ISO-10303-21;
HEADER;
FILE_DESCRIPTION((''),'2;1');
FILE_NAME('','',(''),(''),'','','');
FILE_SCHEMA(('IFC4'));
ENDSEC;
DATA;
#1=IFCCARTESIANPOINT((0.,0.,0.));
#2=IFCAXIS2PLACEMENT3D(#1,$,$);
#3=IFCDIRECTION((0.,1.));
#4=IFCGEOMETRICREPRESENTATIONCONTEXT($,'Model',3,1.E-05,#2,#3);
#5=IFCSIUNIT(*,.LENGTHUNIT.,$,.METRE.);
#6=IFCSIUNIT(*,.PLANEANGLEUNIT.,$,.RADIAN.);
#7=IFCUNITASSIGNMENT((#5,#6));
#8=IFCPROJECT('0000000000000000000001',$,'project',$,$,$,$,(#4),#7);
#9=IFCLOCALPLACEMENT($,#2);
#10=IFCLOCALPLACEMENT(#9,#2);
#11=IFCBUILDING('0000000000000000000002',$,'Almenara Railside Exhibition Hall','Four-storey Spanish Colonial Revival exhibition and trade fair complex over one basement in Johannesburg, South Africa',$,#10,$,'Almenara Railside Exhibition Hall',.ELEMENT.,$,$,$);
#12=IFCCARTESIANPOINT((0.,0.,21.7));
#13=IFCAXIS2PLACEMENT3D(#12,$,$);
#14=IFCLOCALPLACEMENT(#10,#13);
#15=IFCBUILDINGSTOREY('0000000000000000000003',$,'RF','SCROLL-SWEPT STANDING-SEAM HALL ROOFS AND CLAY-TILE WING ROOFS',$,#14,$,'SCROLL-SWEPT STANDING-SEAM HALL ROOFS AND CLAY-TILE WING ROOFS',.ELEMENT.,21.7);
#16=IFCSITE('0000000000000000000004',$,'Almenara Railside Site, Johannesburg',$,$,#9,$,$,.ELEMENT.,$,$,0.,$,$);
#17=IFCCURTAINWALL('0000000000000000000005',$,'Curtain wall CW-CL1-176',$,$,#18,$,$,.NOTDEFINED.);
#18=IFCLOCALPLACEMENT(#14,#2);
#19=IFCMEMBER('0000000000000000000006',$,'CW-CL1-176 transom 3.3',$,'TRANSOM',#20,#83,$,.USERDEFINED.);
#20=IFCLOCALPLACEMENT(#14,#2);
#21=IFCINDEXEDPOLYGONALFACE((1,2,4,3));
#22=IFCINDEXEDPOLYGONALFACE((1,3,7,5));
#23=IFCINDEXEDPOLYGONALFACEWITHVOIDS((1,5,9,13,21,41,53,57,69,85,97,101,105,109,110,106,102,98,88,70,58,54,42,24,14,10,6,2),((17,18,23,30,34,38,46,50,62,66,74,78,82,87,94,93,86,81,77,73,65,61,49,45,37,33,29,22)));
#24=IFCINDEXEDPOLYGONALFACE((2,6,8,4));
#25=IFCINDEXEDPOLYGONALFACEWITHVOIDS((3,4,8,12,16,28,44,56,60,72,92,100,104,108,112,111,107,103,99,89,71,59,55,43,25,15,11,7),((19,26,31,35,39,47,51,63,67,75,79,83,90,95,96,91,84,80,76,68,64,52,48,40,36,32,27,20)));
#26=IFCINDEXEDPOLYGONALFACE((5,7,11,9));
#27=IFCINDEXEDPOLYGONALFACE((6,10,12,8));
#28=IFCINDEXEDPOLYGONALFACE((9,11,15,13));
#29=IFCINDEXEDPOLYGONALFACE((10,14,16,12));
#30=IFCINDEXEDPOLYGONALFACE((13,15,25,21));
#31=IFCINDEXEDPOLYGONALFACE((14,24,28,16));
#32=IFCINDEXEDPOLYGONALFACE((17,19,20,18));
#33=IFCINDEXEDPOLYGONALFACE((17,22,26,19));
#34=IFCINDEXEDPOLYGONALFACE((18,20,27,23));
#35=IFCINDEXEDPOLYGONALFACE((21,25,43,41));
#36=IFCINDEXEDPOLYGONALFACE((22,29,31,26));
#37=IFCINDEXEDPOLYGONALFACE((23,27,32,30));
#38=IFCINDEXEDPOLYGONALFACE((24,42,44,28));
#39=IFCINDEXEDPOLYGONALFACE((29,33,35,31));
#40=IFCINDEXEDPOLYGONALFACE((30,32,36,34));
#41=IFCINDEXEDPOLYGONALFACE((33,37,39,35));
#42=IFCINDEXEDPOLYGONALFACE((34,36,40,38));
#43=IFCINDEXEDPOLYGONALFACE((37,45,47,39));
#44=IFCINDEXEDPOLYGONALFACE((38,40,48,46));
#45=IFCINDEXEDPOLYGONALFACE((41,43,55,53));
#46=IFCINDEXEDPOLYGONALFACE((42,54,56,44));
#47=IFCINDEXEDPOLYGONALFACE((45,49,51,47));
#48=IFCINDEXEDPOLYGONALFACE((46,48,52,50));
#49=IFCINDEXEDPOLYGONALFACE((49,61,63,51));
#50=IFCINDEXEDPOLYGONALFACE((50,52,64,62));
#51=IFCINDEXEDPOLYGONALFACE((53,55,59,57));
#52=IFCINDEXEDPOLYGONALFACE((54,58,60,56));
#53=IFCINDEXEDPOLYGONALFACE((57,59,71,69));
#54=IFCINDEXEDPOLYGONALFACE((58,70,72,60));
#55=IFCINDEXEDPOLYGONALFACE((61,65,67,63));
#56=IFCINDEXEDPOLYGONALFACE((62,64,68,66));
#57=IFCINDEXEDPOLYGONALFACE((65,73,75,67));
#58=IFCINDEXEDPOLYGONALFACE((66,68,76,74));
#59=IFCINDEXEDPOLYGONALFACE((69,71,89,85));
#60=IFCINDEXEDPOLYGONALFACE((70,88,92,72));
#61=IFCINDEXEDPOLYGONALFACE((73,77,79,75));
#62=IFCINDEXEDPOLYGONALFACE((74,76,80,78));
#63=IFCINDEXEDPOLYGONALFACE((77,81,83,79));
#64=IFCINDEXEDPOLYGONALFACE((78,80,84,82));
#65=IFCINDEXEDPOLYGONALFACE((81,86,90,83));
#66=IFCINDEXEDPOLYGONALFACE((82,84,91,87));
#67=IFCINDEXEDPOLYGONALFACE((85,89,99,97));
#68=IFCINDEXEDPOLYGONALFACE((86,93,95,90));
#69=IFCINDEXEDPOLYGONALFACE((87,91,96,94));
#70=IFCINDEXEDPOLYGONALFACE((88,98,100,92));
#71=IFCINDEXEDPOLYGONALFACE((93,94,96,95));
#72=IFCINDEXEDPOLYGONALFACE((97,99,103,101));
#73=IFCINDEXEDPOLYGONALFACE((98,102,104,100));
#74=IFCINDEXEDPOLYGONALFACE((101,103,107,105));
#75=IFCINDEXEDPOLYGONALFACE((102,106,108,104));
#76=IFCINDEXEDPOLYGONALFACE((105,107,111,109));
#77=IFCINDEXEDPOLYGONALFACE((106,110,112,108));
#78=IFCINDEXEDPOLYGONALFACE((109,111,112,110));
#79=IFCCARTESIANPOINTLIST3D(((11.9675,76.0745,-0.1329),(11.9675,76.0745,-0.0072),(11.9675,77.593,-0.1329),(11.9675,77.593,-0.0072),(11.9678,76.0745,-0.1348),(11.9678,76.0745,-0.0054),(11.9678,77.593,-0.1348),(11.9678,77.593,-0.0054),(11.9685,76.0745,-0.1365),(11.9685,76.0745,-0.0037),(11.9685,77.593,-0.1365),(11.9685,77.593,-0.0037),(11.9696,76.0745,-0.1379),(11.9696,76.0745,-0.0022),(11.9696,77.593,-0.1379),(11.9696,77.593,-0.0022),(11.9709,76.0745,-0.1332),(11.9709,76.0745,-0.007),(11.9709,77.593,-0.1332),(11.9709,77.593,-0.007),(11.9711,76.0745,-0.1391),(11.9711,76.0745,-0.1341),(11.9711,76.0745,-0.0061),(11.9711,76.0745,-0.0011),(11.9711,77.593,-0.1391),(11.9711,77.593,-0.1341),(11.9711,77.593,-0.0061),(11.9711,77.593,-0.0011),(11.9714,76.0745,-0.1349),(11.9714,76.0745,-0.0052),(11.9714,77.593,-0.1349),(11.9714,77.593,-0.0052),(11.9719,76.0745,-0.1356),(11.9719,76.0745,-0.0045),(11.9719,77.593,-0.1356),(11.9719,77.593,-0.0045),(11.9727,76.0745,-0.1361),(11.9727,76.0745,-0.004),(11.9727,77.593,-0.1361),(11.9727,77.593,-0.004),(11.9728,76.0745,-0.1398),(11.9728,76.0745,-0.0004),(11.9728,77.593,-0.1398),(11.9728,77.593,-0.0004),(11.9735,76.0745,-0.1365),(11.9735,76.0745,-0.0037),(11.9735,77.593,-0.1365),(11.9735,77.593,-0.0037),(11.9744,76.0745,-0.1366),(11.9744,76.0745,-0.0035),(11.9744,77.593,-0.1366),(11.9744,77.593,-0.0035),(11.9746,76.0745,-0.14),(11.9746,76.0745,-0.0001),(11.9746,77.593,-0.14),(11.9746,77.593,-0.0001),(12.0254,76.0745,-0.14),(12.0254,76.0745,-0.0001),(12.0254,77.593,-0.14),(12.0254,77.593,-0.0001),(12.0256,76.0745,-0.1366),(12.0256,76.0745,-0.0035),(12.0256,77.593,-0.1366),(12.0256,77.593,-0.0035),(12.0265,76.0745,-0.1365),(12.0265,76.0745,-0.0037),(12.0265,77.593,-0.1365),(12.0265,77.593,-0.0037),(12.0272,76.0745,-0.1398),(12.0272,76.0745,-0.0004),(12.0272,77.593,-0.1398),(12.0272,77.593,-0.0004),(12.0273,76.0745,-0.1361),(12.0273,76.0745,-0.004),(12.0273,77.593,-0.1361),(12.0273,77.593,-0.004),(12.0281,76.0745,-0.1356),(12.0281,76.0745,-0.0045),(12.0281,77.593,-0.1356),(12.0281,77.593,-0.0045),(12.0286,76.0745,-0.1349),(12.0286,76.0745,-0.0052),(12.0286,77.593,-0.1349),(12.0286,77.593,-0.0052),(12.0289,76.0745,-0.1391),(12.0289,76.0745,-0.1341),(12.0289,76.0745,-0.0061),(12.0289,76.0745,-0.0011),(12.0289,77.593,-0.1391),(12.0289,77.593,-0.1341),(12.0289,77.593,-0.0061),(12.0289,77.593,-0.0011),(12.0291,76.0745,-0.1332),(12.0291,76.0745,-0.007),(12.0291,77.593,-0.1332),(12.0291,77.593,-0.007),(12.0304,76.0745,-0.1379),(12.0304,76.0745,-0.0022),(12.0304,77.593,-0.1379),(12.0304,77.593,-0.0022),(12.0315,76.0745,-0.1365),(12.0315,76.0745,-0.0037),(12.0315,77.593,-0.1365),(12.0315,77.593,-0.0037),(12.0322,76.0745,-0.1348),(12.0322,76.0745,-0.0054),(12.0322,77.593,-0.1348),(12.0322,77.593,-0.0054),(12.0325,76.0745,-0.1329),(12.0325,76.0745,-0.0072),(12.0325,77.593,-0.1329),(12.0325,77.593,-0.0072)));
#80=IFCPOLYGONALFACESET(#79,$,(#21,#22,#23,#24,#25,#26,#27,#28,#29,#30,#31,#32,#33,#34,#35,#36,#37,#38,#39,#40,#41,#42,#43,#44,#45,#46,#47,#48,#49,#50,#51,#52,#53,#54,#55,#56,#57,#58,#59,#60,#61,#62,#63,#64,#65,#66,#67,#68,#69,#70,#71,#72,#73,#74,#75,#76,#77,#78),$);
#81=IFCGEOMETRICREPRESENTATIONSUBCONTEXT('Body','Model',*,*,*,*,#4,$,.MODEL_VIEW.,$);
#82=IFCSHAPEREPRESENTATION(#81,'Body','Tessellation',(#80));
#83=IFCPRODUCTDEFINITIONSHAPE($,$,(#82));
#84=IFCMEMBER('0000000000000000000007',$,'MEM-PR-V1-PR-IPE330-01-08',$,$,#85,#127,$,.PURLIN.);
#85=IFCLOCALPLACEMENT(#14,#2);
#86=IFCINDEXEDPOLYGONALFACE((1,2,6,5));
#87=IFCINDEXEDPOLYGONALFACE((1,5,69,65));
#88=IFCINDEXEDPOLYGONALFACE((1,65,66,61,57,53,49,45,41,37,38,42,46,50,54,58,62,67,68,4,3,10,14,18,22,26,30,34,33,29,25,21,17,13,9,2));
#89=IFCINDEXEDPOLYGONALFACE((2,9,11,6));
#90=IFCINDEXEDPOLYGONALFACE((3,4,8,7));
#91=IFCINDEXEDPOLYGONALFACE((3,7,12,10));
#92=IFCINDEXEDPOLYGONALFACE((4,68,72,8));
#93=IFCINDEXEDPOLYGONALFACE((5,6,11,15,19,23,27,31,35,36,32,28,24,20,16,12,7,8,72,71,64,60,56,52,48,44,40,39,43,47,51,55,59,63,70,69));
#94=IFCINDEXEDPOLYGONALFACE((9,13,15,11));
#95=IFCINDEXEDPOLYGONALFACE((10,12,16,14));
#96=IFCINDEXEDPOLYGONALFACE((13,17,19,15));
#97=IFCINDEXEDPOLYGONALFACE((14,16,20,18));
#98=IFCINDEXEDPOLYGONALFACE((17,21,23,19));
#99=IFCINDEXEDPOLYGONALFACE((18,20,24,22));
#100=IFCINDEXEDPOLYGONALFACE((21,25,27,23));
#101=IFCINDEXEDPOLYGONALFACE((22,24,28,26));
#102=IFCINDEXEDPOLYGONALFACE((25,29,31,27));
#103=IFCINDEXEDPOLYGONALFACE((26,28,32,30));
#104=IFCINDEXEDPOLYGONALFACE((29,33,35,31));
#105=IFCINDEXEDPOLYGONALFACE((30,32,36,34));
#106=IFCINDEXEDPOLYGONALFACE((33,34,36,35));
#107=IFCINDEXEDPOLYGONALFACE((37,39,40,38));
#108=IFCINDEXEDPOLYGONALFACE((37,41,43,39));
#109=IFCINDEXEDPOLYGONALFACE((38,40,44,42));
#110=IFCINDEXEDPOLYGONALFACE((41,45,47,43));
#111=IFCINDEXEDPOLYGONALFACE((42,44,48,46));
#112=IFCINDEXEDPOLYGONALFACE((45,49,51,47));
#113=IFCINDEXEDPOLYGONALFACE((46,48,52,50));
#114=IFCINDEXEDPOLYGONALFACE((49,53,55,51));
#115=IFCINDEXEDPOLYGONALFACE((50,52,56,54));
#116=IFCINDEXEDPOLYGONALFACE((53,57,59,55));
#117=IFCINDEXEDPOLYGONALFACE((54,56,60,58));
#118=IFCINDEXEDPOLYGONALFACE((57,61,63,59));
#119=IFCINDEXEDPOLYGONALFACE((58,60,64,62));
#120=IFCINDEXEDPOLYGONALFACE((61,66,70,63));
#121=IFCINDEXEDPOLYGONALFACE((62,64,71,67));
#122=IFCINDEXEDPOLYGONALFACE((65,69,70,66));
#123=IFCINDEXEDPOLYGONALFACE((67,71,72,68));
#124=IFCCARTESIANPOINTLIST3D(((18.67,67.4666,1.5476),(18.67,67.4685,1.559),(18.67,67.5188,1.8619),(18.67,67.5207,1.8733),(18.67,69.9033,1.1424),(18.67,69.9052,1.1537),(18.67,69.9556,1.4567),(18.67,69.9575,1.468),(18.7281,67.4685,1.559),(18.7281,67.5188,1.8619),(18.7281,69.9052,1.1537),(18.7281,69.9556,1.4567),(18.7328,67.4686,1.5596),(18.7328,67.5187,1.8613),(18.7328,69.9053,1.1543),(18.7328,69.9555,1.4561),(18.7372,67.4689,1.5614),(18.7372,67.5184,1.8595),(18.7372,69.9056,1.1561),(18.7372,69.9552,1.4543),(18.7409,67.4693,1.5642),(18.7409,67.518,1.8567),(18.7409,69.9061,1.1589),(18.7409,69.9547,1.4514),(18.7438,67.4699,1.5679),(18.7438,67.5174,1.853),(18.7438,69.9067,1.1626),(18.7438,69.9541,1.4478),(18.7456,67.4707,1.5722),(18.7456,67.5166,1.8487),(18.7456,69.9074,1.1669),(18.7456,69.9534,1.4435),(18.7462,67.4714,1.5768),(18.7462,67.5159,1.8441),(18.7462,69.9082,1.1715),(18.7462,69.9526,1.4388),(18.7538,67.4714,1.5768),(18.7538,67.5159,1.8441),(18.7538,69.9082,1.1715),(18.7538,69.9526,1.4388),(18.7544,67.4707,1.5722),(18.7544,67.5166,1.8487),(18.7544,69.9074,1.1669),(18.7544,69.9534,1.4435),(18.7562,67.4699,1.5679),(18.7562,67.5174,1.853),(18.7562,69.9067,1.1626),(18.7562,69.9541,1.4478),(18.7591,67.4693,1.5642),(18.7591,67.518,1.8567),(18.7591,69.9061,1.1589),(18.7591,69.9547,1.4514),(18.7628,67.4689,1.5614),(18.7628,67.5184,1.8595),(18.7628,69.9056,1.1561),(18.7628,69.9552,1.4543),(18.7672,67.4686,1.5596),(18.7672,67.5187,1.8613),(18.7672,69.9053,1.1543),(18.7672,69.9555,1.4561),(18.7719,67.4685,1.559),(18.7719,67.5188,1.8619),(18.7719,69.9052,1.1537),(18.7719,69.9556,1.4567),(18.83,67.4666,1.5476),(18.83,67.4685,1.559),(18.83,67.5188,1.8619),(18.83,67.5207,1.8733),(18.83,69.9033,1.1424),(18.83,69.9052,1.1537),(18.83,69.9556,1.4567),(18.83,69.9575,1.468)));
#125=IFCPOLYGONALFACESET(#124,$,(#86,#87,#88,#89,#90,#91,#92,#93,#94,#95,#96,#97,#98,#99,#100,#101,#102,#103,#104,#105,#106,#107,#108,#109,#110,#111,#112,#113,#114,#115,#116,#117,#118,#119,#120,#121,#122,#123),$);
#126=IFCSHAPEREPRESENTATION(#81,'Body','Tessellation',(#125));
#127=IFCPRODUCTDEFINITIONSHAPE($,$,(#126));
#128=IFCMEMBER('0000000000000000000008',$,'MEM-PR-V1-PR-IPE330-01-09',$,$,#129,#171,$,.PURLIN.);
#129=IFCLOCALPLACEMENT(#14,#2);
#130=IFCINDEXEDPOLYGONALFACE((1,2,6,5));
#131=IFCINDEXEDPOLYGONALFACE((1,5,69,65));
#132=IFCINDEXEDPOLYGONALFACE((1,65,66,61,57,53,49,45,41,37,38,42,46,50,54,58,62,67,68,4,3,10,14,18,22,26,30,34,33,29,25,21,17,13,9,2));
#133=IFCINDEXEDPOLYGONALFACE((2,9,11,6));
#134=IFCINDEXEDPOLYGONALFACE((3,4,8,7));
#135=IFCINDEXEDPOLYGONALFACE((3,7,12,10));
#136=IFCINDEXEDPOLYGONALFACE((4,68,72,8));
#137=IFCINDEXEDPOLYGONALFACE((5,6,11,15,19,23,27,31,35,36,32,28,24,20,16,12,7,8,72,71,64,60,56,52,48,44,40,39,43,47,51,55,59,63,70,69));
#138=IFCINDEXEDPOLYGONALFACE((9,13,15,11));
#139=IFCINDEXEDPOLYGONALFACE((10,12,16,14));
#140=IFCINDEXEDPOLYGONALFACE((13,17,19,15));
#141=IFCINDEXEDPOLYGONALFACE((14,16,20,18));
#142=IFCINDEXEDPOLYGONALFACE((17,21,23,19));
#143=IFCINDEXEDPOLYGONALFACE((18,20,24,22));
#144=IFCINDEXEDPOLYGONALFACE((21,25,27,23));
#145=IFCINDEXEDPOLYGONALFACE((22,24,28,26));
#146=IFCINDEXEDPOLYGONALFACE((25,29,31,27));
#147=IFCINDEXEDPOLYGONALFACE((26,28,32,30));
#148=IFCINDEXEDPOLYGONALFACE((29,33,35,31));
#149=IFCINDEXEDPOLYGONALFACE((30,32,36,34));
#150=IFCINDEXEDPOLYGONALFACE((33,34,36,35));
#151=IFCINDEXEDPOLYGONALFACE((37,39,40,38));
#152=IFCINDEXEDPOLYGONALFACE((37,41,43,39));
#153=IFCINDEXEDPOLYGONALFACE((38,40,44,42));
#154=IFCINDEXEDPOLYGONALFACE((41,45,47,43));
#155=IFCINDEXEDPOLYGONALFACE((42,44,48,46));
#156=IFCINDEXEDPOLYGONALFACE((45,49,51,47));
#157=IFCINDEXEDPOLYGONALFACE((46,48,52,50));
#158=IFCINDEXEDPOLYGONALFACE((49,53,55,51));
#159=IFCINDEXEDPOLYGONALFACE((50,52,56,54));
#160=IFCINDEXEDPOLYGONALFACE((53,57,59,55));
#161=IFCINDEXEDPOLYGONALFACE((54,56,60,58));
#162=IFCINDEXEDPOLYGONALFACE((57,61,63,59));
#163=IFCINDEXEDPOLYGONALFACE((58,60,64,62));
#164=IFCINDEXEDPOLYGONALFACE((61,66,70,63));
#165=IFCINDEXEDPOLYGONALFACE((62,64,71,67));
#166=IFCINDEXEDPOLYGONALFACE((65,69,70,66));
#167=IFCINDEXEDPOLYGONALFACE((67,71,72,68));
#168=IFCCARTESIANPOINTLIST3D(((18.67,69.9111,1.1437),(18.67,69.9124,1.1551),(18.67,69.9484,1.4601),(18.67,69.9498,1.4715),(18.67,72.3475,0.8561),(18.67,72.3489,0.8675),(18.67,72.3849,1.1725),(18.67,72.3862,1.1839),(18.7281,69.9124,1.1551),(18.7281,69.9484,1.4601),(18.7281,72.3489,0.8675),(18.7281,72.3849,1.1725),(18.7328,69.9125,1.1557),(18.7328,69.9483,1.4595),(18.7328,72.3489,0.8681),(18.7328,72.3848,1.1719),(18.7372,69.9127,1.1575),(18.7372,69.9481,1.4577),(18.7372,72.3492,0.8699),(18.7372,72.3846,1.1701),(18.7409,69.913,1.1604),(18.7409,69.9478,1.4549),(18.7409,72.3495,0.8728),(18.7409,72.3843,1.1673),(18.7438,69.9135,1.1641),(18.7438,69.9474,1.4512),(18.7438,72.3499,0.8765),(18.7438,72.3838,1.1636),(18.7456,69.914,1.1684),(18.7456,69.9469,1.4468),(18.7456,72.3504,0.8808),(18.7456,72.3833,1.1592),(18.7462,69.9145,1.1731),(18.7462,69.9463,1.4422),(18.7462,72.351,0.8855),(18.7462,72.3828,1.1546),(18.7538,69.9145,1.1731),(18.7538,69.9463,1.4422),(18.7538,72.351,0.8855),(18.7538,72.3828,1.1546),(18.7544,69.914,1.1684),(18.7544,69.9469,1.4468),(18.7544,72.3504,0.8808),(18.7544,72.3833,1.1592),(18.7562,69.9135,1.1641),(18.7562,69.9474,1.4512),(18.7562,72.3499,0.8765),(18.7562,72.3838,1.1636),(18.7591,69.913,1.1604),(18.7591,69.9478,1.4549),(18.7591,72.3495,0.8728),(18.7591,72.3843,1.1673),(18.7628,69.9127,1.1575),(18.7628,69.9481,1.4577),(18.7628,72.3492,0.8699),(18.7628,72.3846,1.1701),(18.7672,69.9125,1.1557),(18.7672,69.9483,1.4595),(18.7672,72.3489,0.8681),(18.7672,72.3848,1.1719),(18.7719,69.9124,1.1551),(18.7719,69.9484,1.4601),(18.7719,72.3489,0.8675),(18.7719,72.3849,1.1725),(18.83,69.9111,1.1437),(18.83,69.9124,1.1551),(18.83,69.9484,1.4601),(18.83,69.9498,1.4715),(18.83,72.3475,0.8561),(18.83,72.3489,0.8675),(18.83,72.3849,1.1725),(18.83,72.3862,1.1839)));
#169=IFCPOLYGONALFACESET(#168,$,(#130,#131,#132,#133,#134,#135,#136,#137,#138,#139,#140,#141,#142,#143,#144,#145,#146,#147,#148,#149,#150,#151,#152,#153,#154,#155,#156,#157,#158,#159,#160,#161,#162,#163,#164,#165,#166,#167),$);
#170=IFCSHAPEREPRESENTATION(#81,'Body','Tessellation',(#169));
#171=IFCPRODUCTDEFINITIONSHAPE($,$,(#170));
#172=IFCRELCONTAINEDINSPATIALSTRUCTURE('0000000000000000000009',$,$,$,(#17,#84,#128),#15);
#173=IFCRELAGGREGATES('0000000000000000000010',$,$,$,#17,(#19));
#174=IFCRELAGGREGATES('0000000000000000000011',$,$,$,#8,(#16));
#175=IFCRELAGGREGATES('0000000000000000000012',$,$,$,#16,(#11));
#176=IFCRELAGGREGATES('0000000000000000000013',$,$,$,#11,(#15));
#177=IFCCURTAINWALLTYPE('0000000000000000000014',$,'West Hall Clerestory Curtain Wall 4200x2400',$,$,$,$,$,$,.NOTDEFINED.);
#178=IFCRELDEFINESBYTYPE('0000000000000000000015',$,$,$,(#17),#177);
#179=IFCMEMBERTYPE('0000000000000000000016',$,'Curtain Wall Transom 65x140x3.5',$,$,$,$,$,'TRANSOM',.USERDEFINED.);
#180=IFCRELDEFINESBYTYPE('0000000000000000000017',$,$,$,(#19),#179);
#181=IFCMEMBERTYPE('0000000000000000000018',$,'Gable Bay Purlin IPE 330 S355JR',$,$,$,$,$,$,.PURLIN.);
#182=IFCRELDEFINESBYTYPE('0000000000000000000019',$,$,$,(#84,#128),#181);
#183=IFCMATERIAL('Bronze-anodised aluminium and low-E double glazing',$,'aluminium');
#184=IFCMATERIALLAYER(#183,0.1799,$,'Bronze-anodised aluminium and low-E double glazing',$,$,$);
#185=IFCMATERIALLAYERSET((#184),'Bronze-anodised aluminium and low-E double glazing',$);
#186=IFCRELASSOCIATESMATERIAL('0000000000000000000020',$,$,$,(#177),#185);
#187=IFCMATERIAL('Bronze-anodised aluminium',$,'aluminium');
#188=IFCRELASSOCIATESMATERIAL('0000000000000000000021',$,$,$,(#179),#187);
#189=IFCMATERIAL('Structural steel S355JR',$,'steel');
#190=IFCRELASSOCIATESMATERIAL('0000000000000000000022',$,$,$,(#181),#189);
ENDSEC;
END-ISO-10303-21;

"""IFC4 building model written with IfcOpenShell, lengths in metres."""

from ifc_helpers import new_model, si_unit, direction, frame, origin, origin_2d, place, context, subcontext, project, spatial, hollow_rectangle, i_section, extrude, material, layer, layer_set, material_profile, profile_set, type_object, element, aggregate, save


model = new_model("IFC4")

# Units and contexts
model_context = context("Model", 3, precision=1e-05, world=origin(), true_north=direction((0.0, 1.0)))
body_context = subcontext(model_context, "Body", "Model", "MODEL_VIEW")
ifc_project = project(units=[si_unit("LENGTHUNIT", "METRE"), si_unit("PLANEANGLEUNIT", "RADIAN")], contexts=[model_context])

# Site, building, storey
site_placement = place(None, origin())
site = spatial("IfcSite", under=ifc_project, at=site_placement, Name="Almenara Railside Site, Johannesburg", CompositionType="ELEMENT", RefElevation=0.0)
building_placement = place(site_placement, origin())
building = spatial("IfcBuilding", under=site, at=building_placement, Name="Almenara Railside Exhibition Hall", Description="Four-storey Spanish Colonial Revival exhibition and trade fair complex over one basement in Johannesburg, South Africa", LongName="Almenara Railside Exhibition Hall", CompositionType="ELEMENT")
storey_placement = place(building_placement, frame((0.0, 0.0, 21.7)))
storey = spatial("IfcBuildingStorey", under=building, at=storey_placement, Name="RF", Description="SCROLL-SWEPT STANDING-SEAM HALL ROOFS AND CLAY-TILE WING ROOFS", LongName="SCROLL-SWEPT STANDING-SEAM HALL ROOFS AND CLAY-TILE WING ROOFS", CompositionType="ELEMENT", Elevation=21.7)

# Shared definitions
ifc_material_1 = material(Name="Structural steel S355JR", Category="steel")

# Curtain wall, member
ifc_material_2 = material(Name="Bronze-anodised aluminium and low-E double glazing", Category="aluminium")
ifc_layer_1 = layer(ifc_material_2, 0.1799, Name="Bronze-anodised aluminium and low-E double glazing")
ifc_layer_set_1 = layer_set([ifc_layer_1], Name="Bronze-anodised aluminium and low-E double glazing")
curtain_wall_type = type_object("IfcCurtainWallType", Name="West Hall Clerestory Curtain Wall 4200x2400", PredefinedType="NOTDEFINED", material=ifc_layer_set_1)
curtain_wall_placement = place(storey_placement, origin())
curtain_wall = element("IfcCurtainWall", 1, at=curtain_wall_placement, inside=storey, type_object=curtain_wall_type, Name="Curtain wall CW-CL1-176", PredefinedType="NOTDEFINED")
ifc_material_3 = material(Name="Bronze-anodised aluminium", Category="aluminium")
ifc_material_profile_1 = material_profile(ifc_material_3, hollow_rectangle(XDim=0.0649, YDim=0.1399, WallThickness=0.0034, InnerFilletRadius=0.0034, OuterFilletRadius=0.0071, at=origin_2d()), Name="ALU-TRN 65x140x3.5")
ifc_profile_set_1 = profile_set([ifc_material_profile_1], Name="Bronze-anodised aluminium")
member_type_1 = type_object("IfcMemberType", Name="Curtain Wall Transom 65x140x3.5", ElementType="TRANSOM", PredefinedType="USERDEFINED", material=ifc_profile_set_1)
member_1_placement = place(storey_placement, frame((12.0, 76.0745, -0.0701), z_axis=(0.0, 1.0, 0.0), x_axis=(-1.0, 0.0, 0.0)))
member_1 = element("IfcMember", 2, at=member_1_placement, type_object=member_type_1, Name="CW-CL1-176 transom 3.3", ObjectType="TRANSOM", PredefinedType="USERDEFINED", context=body_context, shape_type="SweptSolid", body=[
    extrude(hollow_rectangle(XDim=0.0649, YDim=0.1399, WallThickness=0.0034, InnerFilletRadius=0.0034, OuterFilletRadius=0.0071, at=origin_2d()), origin(), (0.0, 0.0, 1.0), 1.5186),
])

# Members
ifc_material_profile_2 = material_profile(ifc_material_1, i_section(OverallWidth=0.1599, OverallDepth=0.3301, WebThickness=0.0076, FlangeThickness=0.0115, FilletRadius=0.0181, at=origin_2d()), Name="IPE 330")
ifc_profile_set_2 = profile_set([ifc_material_profile_2], Name="Structural steel S355JR")
member_type_2 = type_object("IfcMemberType", Name="Gable Bay Purlin IPE 330 S355JR", PredefinedType="PURLIN", material=ifc_profile_set_2)
member_2_placement = place(storey_placement, frame((18.75, 67.4937, 1.7104), z_axis=(0.0, 0.98645, -0.164062), x_axis=(-1.0, 0.0, 0.0)))
element("IfcMember", 3, at=member_2_placement, inside=storey, type_object=member_type_2, Name="MEM-PR-V1-PR-IPE330-01-08", PredefinedType="PURLIN", context=body_context, shape_type="SweptSolid", body=[
    extrude(i_section(OverallWidth=0.1599, OverallDepth=0.3301, WebThickness=0.0076, FlangeThickness=0.0115, FilletRadius=0.0181, at=origin_2d()), origin(), (0.0, 0.0, 1.0), 2.4702),
])
member_3_placement = place(storey_placement, frame((18.75, 69.9304, 1.3076), z_axis=(0.0, 0.993106, -0.117222), x_axis=(-1.0, 0.0, 0.0)))
element("IfcMember", 4, at=member_3_placement, inside=storey, type_object=member_type_2, Name="MEM-PR-V1-PR-IPE330-01-09", PredefinedType="PURLIN", context=body_context, shape_type="SweptSolid", body=[
    extrude(i_section(OverallWidth=0.1599, OverallDepth=0.3301, WebThickness=0.0076, FlangeThickness=0.0115, FilletRadius=0.0181, at=origin_2d()), origin(), (0.0, 0.0, 1.0), 2.4534),
])

aggregate(curtain_wall, [member_1])

save(model, "model.ifc")
